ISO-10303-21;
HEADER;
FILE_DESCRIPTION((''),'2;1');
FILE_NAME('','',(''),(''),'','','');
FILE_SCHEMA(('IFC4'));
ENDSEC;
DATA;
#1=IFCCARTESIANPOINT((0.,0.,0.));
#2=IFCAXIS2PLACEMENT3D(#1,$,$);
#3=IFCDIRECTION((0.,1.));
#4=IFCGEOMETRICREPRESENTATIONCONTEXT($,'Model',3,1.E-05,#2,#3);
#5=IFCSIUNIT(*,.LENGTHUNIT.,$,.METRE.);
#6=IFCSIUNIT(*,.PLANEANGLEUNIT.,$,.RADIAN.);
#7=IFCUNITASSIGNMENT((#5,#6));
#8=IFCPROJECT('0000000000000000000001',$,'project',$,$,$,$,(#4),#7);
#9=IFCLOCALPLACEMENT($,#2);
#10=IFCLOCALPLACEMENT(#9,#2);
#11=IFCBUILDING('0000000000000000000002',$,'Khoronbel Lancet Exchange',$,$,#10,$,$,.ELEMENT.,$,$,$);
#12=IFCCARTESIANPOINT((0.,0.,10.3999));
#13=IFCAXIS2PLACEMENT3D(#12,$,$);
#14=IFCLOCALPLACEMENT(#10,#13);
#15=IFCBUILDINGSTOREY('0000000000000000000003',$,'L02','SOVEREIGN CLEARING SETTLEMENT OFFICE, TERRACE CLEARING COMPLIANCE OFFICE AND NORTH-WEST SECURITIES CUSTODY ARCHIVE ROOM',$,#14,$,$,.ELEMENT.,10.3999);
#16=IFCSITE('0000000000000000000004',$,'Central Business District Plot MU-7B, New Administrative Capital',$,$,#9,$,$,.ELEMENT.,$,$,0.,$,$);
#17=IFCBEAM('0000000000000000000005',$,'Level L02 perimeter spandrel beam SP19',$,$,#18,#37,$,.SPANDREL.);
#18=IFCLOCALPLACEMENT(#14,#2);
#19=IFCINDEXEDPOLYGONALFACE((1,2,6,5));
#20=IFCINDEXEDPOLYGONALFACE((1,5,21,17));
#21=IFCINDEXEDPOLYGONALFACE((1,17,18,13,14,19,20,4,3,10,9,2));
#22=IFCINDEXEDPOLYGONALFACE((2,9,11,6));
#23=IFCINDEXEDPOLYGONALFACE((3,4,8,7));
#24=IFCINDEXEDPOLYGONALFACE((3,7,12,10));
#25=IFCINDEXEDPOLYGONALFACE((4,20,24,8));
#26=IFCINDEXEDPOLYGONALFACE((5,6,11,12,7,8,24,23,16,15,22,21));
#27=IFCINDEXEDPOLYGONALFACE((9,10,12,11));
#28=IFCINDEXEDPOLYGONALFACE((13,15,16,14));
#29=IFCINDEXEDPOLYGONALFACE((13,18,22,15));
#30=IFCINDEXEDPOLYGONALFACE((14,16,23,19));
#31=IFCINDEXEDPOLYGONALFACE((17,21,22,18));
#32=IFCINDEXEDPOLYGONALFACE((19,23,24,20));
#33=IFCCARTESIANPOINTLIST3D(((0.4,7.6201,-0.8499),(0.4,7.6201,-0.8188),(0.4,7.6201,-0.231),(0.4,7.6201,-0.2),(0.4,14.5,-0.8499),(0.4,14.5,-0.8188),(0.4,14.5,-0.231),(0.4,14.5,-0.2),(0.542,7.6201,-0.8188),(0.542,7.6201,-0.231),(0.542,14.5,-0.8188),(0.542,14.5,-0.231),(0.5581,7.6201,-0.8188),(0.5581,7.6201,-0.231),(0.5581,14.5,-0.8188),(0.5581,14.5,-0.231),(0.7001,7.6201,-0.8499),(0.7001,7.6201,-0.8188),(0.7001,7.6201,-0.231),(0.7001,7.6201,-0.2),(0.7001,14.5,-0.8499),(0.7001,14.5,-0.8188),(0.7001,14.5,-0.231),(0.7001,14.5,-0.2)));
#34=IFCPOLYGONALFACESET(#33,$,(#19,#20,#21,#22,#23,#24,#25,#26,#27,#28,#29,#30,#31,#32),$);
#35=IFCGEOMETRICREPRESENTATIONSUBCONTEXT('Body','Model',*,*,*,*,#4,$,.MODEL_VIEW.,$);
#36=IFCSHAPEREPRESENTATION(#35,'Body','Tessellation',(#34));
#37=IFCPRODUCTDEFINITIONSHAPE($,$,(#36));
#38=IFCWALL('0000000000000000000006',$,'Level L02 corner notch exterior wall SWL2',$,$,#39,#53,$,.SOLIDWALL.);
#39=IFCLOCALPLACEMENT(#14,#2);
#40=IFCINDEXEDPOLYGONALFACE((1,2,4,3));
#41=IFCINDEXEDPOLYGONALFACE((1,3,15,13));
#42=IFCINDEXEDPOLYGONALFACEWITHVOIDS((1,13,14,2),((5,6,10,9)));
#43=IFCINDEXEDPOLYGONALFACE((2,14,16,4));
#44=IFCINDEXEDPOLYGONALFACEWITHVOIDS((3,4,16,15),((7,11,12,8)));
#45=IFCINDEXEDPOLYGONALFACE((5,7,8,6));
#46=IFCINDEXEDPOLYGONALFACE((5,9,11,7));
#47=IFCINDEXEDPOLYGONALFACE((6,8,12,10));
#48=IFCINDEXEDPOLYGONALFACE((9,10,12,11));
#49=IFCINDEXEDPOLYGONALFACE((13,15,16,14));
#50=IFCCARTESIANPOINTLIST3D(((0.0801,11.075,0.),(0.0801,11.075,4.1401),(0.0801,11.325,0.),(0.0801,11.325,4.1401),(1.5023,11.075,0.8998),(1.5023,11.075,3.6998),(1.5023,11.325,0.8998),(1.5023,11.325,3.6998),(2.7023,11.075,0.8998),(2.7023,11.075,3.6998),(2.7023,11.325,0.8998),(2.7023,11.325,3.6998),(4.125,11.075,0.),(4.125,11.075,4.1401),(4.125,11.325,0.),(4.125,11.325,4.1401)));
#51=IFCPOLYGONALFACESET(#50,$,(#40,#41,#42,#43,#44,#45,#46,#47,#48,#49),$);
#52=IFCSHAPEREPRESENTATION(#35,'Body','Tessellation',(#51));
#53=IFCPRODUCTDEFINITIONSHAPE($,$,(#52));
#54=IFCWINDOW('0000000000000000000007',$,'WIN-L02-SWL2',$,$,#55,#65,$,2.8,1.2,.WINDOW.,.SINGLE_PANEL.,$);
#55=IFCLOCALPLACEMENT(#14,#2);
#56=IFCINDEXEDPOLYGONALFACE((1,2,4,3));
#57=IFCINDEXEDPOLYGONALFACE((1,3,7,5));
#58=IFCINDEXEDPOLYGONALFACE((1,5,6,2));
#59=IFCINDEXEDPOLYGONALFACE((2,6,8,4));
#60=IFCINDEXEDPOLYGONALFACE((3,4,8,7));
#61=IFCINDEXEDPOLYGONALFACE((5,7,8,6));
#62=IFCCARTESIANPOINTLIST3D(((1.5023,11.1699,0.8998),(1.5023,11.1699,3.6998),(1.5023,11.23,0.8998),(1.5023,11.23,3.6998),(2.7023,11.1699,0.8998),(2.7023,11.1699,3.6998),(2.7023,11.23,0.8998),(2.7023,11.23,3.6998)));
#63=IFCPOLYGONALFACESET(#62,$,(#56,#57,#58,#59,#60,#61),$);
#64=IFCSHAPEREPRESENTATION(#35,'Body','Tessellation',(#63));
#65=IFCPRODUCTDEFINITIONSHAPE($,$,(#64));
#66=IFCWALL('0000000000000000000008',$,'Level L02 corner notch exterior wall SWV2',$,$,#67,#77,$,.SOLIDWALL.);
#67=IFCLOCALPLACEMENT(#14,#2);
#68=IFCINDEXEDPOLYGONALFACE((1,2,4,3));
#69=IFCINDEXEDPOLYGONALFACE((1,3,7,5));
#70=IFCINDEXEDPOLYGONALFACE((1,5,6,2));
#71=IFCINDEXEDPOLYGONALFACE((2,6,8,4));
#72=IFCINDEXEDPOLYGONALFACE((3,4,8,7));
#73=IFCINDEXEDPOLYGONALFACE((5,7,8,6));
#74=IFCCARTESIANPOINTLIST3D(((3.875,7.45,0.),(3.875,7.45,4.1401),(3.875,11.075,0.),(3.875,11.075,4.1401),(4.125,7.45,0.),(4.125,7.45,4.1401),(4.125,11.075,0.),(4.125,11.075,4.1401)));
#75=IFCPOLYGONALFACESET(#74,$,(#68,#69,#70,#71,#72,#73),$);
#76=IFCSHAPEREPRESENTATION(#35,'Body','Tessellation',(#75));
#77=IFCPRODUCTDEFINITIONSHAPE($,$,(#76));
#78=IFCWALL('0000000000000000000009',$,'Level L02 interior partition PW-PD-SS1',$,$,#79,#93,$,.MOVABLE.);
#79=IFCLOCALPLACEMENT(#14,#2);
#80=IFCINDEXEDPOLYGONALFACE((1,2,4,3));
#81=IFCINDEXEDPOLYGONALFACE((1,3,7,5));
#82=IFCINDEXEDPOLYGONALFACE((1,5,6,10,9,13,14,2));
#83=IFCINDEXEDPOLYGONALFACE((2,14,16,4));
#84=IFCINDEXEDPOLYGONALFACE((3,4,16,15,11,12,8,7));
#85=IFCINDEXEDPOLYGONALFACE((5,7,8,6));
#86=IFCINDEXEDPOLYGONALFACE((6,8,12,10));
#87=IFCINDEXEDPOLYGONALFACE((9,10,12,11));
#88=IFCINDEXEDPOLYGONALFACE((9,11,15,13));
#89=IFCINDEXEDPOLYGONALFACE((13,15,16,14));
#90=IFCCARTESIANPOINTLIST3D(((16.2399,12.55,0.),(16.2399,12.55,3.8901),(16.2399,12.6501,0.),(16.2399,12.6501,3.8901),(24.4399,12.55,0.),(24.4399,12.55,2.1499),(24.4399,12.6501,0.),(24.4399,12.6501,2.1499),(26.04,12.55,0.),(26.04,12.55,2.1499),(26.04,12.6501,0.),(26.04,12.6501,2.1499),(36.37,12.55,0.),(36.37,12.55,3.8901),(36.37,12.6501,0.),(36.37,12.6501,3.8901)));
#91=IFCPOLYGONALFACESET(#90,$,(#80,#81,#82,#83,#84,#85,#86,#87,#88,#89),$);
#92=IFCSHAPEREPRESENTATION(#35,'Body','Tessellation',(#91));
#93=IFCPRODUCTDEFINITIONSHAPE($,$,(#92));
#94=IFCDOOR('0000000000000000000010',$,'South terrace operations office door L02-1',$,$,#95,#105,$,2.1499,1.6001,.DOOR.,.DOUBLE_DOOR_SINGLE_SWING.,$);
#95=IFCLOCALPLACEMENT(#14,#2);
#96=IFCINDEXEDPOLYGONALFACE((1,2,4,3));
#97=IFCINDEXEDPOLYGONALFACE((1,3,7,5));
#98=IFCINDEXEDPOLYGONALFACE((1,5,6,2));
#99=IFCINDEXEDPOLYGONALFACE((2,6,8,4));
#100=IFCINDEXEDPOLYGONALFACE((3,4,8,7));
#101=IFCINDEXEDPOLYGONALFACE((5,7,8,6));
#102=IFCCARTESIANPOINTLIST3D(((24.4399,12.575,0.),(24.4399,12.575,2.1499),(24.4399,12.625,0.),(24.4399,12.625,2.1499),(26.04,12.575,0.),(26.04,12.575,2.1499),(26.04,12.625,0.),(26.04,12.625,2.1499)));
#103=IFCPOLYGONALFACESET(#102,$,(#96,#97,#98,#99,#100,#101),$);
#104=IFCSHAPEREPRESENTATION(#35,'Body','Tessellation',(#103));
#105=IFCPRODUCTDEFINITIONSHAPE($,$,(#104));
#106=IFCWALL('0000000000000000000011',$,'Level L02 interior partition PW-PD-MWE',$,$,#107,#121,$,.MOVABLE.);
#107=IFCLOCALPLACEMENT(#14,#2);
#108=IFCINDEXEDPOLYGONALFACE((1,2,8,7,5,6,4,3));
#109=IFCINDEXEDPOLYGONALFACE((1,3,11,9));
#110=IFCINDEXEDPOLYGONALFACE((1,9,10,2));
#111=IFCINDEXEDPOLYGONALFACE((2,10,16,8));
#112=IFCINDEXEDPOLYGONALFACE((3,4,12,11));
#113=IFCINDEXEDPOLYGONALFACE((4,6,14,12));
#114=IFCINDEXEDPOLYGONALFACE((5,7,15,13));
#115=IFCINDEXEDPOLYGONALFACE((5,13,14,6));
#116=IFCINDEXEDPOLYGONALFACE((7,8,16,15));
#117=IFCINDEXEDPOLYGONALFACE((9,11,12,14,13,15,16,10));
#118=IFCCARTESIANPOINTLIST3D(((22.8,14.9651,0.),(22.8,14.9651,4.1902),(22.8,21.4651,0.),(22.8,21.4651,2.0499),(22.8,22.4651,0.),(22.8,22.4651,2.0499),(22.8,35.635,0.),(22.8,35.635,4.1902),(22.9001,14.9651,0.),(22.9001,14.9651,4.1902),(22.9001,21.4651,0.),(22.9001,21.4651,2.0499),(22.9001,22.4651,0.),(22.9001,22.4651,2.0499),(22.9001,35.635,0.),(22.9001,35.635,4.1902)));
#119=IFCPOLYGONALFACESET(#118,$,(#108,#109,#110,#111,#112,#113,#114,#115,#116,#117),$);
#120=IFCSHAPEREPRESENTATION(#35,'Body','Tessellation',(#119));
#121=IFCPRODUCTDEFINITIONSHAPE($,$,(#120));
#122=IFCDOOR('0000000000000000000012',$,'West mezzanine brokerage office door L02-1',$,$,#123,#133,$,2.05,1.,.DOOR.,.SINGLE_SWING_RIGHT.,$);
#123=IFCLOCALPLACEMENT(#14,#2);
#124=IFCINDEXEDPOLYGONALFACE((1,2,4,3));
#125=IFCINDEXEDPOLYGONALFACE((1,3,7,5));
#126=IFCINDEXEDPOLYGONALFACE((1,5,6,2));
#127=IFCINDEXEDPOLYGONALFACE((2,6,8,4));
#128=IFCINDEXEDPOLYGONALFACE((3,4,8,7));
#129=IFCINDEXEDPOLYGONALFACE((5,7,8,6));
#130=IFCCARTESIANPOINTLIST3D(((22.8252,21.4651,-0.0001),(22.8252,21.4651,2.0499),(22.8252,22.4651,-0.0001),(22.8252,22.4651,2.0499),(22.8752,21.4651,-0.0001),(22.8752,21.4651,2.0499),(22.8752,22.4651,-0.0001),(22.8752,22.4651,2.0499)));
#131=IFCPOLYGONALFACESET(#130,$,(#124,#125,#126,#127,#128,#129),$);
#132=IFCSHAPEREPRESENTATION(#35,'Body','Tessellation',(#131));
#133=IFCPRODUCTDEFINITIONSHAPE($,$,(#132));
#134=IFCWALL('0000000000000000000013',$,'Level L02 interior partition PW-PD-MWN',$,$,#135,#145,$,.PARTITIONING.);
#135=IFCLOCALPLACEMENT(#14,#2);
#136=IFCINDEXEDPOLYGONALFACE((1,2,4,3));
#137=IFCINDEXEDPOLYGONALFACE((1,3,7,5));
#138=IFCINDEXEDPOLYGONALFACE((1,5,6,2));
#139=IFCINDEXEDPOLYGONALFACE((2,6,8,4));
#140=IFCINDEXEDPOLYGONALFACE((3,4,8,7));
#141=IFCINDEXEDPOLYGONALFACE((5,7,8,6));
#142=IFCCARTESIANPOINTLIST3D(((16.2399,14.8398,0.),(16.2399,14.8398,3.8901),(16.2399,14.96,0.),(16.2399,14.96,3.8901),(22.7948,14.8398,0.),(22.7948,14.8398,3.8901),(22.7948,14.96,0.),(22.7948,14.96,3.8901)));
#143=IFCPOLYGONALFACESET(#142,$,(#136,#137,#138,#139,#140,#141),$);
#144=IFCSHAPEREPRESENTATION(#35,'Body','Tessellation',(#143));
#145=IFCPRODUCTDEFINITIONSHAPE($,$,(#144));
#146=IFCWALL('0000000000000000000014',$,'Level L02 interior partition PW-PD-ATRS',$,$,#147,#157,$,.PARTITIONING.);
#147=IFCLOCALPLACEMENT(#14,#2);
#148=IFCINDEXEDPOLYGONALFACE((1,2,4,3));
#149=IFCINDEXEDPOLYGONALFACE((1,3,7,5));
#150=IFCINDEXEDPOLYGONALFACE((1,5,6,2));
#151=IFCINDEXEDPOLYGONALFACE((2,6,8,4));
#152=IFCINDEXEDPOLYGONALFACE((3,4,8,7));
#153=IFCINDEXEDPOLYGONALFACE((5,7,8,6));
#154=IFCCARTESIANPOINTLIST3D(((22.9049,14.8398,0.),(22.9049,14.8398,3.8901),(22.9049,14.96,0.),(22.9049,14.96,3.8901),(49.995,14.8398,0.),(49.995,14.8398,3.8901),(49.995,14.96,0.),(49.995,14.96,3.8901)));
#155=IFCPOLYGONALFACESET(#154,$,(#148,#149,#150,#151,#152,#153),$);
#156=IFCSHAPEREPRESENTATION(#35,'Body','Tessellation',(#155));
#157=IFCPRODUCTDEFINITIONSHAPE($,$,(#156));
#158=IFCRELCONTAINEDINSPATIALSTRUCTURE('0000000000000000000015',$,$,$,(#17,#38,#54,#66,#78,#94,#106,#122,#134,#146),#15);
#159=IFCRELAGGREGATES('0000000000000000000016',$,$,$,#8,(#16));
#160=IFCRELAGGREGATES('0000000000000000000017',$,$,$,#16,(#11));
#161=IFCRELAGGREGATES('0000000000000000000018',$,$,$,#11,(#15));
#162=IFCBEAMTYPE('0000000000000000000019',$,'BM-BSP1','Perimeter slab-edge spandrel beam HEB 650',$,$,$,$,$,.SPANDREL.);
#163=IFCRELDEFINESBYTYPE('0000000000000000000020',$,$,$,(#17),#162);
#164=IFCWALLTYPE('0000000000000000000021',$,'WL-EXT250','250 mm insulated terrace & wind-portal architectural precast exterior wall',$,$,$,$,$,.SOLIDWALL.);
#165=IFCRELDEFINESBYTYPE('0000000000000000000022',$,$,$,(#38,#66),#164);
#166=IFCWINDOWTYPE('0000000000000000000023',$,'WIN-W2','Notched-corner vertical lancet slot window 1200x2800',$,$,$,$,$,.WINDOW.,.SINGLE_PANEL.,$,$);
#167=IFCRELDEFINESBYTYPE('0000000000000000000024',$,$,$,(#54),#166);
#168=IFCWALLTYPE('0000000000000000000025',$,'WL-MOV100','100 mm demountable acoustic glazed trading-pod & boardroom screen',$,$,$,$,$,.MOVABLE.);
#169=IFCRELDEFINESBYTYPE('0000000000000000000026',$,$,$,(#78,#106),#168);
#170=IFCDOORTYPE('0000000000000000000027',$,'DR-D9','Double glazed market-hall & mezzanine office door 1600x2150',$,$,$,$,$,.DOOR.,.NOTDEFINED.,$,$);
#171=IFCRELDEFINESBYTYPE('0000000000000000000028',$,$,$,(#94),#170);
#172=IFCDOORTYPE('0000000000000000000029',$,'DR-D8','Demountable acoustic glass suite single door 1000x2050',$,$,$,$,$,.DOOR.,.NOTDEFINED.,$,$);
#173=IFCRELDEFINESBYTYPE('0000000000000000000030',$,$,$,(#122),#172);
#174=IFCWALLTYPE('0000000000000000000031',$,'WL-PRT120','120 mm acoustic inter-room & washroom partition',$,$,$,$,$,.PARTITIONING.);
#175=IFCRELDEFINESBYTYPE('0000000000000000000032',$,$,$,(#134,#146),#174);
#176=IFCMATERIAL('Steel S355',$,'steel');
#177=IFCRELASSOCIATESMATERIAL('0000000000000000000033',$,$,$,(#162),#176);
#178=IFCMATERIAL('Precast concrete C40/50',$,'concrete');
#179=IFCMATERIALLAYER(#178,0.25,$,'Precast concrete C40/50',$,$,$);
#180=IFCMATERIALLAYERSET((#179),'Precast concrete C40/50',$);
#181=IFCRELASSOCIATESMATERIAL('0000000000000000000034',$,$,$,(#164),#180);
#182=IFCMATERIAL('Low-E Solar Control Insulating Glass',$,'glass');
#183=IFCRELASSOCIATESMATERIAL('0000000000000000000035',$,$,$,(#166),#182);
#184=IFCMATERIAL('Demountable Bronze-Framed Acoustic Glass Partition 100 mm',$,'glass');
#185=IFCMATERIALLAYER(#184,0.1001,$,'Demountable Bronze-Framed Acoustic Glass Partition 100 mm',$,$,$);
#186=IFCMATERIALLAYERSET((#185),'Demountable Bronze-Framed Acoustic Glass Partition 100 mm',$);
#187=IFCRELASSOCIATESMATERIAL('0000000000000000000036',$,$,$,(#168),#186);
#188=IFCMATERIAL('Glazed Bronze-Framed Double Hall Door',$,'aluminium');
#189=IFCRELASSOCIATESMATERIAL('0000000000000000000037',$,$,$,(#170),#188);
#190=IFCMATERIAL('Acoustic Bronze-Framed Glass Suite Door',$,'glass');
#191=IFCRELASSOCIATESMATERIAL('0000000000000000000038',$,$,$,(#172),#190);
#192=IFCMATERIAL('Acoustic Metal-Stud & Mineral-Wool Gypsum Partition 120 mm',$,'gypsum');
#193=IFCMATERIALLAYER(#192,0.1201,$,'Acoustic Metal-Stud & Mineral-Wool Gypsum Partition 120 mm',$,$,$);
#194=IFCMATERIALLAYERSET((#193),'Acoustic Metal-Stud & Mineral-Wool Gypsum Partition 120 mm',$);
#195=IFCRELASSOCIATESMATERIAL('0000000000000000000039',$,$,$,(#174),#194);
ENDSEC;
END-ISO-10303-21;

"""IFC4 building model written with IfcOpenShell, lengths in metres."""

from ifc_helpers import new_model, si_unit, direction, frame, frame_2d, origin, origin_2d, place, context, subcontext, project, spatial, rectangle, i_section, extrude, material, layer, layer_set, material_profile, profile_set, type_object, element, fill, save


model = new_model("IFC4")

# Units and contexts
model_context = context("Model", 3, precision=1e-05, world=origin(), true_north=direction((0.0, 1.0)))
body_context = subcontext(model_context, "Body", "Model", "MODEL_VIEW")
ifc_project = project(units=[si_unit("LENGTHUNIT", "METRE"), si_unit("PLANEANGLEUNIT", "RADIAN")], contexts=[model_context])

# Site, building, storey
site_placement = place(None, origin())
site = spatial("IfcSite", under=ifc_project, at=site_placement, Name="Central Business District Plot MU-7B, New Administrative Capital", CompositionType="ELEMENT", RefElevation=0.0)
building_placement = place(site_placement, origin())
building = spatial("IfcBuilding", under=site, at=building_placement, Name="Khoronbel Lancet Exchange", CompositionType="ELEMENT")
storey_placement = place(building_placement, frame((0.0, 0.0, 10.3999)))
storey = spatial("IfcBuildingStorey", under=building, at=storey_placement, Name="L02", Description="SOVEREIGN CLEARING SETTLEMENT OFFICE, TERRACE CLEARING COMPLIANCE OFFICE AND NORTH-WEST SECURITIES CUSTODY ARCHIVE ROOM", CompositionType="ELEMENT", Elevation=10.3999)

# Shared definitions
ifc_material_1 = material(Name="Steel S355", Category="steel")

# Beam
ifc_material_profile_1 = material_profile(ifc_material_1, i_section(OverallWidth=0.3, OverallDepth=0.6499, WebThickness=0.0161, FlangeThickness=0.031, at=origin_2d()), Name="HEB 650")
ifc_profile_set_1 = profile_set([ifc_material_profile_1], Name="Steel S355")
beam_type_1 = type_object("IfcBeamType", Name="BM-BSP1", Description="Perimeter slab-edge spandrel beam HEB 650", PredefinedType="SPANDREL", material=ifc_profile_set_1)
beam_1_placement = place(storey_placement, frame((0.55, 14.5, -0.5249), z_axis=(0.0, -1.0, 0.0), x_axis=(1.0, 0.0, 0.0)))
element("IfcBeam", 1, at=beam_1_placement, inside=storey, type_object=beam_type_1, Name="Level L02 perimeter spandrel beam SP19", PredefinedType="SPANDREL", context=body_context, shape_type="SweptSolid", body=[
    extrude(i_section(OverallWidth=0.3, OverallDepth=0.6499, WebThickness=0.0161, FlangeThickness=0.031, at=origin_2d()), origin(), (0.0, 0.0, 1.0), 6.8799),
])

# Wall, opening, window
ifc_material_2 = material(Name="Precast concrete C40/50", Category="concrete")
ifc_layer_1 = layer(ifc_material_2, 0.25, Name="Precast concrete C40/50")
ifc_layer_set_1 = layer_set([ifc_layer_1], Name="Precast concrete C40/50")
wall_type_1 = type_object("IfcWallType", Name="WL-EXT250", Description="250 mm insulated terrace & wind-portal architectural precast exterior wall", PredefinedType="SOLIDWALL", material=ifc_layer_set_1)
wall_1_placement = place(storey_placement, frame((4.125, 11.2, 0.0), z_axis=(0.0, 0.0, 1.0), x_axis=(-1.0, 0.0, 0.0)))
wall_1 = element("IfcWall", 2, at=wall_1_placement, inside=storey, type_object=wall_type_1, Name="Level L02 corner notch exterior wall SWL2", PredefinedType="SOLIDWALL", context=body_context, shape_type="SweptSolid", body=[
    extrude(rectangle(XDim=4.0449, YDim=0.25, at=frame_2d((2.0225, 0.0))), origin(), (0.0, 0.0, 1.0), 4.1401),
])
opening_1_placement = place(wall_1_placement, frame((1.4226, 0.0, 0.8999)))
opening_1 = element("IfcOpeningElement", 3, at=opening_1_placement, cuts=wall_1, PredefinedType="OPENING", context=body_context, shape_type="SweptSolid", body=[
    extrude(rectangle(XDim=1.2, YDim=2.8, at=frame_2d((0.6001, 1.3999))), frame((0.0, 0.135, 0.0), z_axis=(0.0, -1.0, 0.0), x_axis=(1.0, 0.0, 0.0)), (0.0, 0.0, 1.0), 0.27),
])
ifc_material_3 = material(Name="Low-E Solar Control Insulating Glass", Category="glass")
window_type = type_object("IfcWindowType", Name="WIN-W2", Description="Notched-corner vertical lancet slot window 1200x2800", PartitioningType="SINGLE_PANEL", PredefinedType="WINDOW", material=ifc_material_3)
window_placement = place(opening_1_placement, origin())
window = element("IfcWindow", 4, at=window_placement, inside=storey, type_object=window_type, Name="WIN-L02-SWL2", OverallHeight=2.8, OverallWidth=1.2, PartitioningType="SINGLE_PANEL", PredefinedType="WINDOW", context=body_context, shape_type="SweptSolid", body=[
    extrude(rectangle(XDim=1.2, YDim=2.8, at=frame_2d((0.6001, 1.3999))), frame((0.0, 0.03, 0.0), z_axis=(0.0, -1.0, 0.0), x_axis=(1.0, 0.0, 0.0)), (0.0, 0.0, 1.0), 0.0601),
])
fill(opening_1, window)

# Wall
wall_2_placement = place(storey_placement, frame((4.0, 7.45, 0.0), z_axis=(0.0, 0.0, 1.0), x_axis=(0.0, 1.0, 0.0)))
element("IfcWall", 5, at=wall_2_placement, inside=storey, type_object=wall_type_1, Name="Level L02 corner notch exterior wall SWV2", PredefinedType="SOLIDWALL", context=body_context, shape_type="SweptSolid", body=[
    extrude(rectangle(XDim=3.625, YDim=0.25, at=frame_2d((1.8125, 0.0))), origin(), (0.0, 0.0, 1.0), 4.1401),
])

# Walls, openings, doors
ifc_material_4 = material(Name="Demountable Bronze-Framed Acoustic Glass Partition 100 mm", Category="glass")
ifc_layer_2 = layer(ifc_material_4, 0.1001, Name="Demountable Bronze-Framed Acoustic Glass Partition 100 mm")
ifc_layer_set_2 = layer_set([ifc_layer_2], Name="Demountable Bronze-Framed Acoustic Glass Partition 100 mm")
wall_type_2 = type_object("IfcWallType", Name="WL-MOV100", Description="100 mm demountable acoustic glazed trading-pod & boardroom screen", PredefinedType="MOVABLE", material=ifc_layer_set_2)
wall_3_placement = place(storey_placement, frame((16.24, 12.6001, 0.0), z_axis=(0.0, 0.0, 1.0), x_axis=(1.0, 0.0, 0.0)))
wall_3 = element("IfcWall", 6, at=wall_3_placement, inside=storey, type_object=wall_type_2, Name="Level L02 interior partition PW-PD-SS1", PredefinedType="MOVABLE", context=body_context, shape_type="SweptSolid", body=[
    extrude(rectangle(XDim=20.1301, YDim=0.1001, at=frame_2d((10.0649, 0.0))), origin(), (0.0, 0.0, 1.0), 3.8901),
])
opening_2_placement = place(wall_3_placement, frame((8.2, 0.0, 0.0)))
opening_2 = element("IfcOpeningElement", 7, at=opening_2_placement, cuts=wall_3, PredefinedType="OPENING", context=body_context, shape_type="SweptSolid", body=[
    extrude(rectangle(XDim=1.6001, YDim=2.1499, at=frame_2d((0.8, 1.075))), frame((0.0, 0.0601, 0.0), z_axis=(0.0, -1.0, 0.0), x_axis=(1.0, 0.0, 0.0)), (0.0, 0.0, 1.0), 0.1201),
])
ifc_material_5 = material(Name="Glazed Bronze-Framed Double Hall Door", Category="aluminium")
door_type_1 = type_object("IfcDoorType", Name="DR-D9", Description="Double glazed market-hall & mezzanine office door 1600x2150", OperationType="NOTDEFINED", PredefinedType="DOOR", material=ifc_material_5)
door_1_placement = place(opening_2_placement, origin())
door_1 = element("IfcDoor", 8, at=door_1_placement, inside=storey, type_object=door_type_1, Name="South terrace operations office door L02-1", OperationType="DOUBLE_DOOR_SINGLE_SWING", OverallHeight=2.1499, OverallWidth=1.6001, PredefinedType="DOOR", context=body_context, shape_type="SweptSolid", body=[
    extrude(rectangle(XDim=1.6001, YDim=2.1499, at=frame_2d((0.8, 1.075))), frame((0.0, 0.0249, 0.0), z_axis=(0.0, -1.0, 0.0), x_axis=(1.0, 0.0, 0.0)), (0.0, 0.0, 1.0), 0.05),
])
fill(opening_2, door_1)
wall_4_placement = place(storey_placement, frame((22.8501, 14.9651, 0.0), z_axis=(0.0, 0.0, 1.0), x_axis=(0.0, 1.0, 0.0)))
wall_4 = element("IfcWall", 9, at=wall_4_placement, inside=storey, type_object=wall_type_2, Name="Level L02 interior partition PW-PD-MWE", PredefinedType="MOVABLE", context=body_context, shape_type="SweptSolid", body=[
    extrude(rectangle(XDim=20.6699, YDim=0.1001, at=frame_2d((10.335, 0.0))), origin(), (0.0, 0.0, 1.0), 4.1902),
])
opening_3_placement = place(wall_4_placement, frame((6.5, 0.0, 0.0)))
opening_3 = element("IfcOpeningElement", 10, at=opening_3_placement, cuts=wall_4, PredefinedType="OPENING", context=body_context, shape_type="SweptSolid", body=[
    extrude(rectangle(XDim=1.0, YDim=2.05, at=frame_2d((0.5, 1.0249))), frame((0.0, 0.0601, 0.0), z_axis=(0.0, -1.0, 0.0), x_axis=(1.0, 0.0, 0.0)), (0.0, 0.0, 1.0), 0.1201),
])
ifc_material_6 = material(Name="Acoustic Bronze-Framed Glass Suite Door", Category="glass")
door_type_2 = type_object("IfcDoorType", Name="DR-D8", Description="Demountable acoustic glass suite single door 1000x2050", OperationType="NOTDEFINED", PredefinedType="DOOR", material=ifc_material_6)
door_2_placement = place(opening_3_placement, origin())
door_2 = element("IfcDoor", 11, at=door_2_placement, inside=storey, type_object=door_type_2, Name="West mezzanine brokerage office door L02-1", OperationType="SINGLE_SWING_RIGHT", OverallHeight=2.05, OverallWidth=1.0, PredefinedType="DOOR", context=body_context, shape_type="SweptSolid", body=[
    extrude(rectangle(XDim=1.0, YDim=2.05, at=frame_2d((0.5, 1.0249))), frame((0.0, 0.0249, 0.0), z_axis=(0.0, -1.0, 0.0), x_axis=(1.0, 0.0, 0.0)), (0.0, 0.0, 1.0), 0.05),
])
fill(opening_3, door_2)

# Walls
ifc_material_7 = material(Name="Acoustic Metal-Stud & Mineral-Wool Gypsum Partition 120 mm", Category="gypsum")
ifc_layer_3 = layer(ifc_material_7, 0.1201, Name="Acoustic Metal-Stud & Mineral-Wool Gypsum Partition 120 mm")
ifc_layer_set_3 = layer_set([ifc_layer_3], Name="Acoustic Metal-Stud & Mineral-Wool Gypsum Partition 120 mm")
wall_type_3 = type_object("IfcWallType", Name="WL-PRT120", Description="120 mm acoustic inter-room & washroom partition", PredefinedType="PARTITIONING", material=ifc_layer_set_3)
wall_5_placement = place(storey_placement, frame((16.24, 14.8999, 0.0), z_axis=(0.0, 0.0, 1.0), x_axis=(1.0, 0.0, 0.0)))
element("IfcWall", 12, at=wall_5_placement, inside=storey, type_object=wall_type_3, Name="Level L02 interior partition PW-PD-MWN", PredefinedType="PARTITIONING", context=body_context, shape_type="SweptSolid", body=[
    extrude(rectangle(XDim=6.5549, YDim=0.1201, at=frame_2d((3.2773, 0.0))), origin(), (0.0, 0.0, 1.0), 3.8901),
])
wall_6_placement = place(storey_placement, frame((22.905, 14.8999, 0.0), z_axis=(0.0, 0.0, 1.0), x_axis=(1.0, 0.0, 0.0)))
element("IfcWall", 13, at=wall_6_placement, inside=storey, type_object=wall_type_3, Name="Level L02 interior partition PW-PD-ATRS", PredefinedType="PARTITIONING", context=body_context, shape_type="SweptSolid", body=[
    extrude(rectangle(XDim=27.0901, YDim=0.1201, at=frame_2d((13.5449, 0.0))), origin(), (0.0, 0.0, 1.0), 3.8901),
])

save(model, "model.ifc")
